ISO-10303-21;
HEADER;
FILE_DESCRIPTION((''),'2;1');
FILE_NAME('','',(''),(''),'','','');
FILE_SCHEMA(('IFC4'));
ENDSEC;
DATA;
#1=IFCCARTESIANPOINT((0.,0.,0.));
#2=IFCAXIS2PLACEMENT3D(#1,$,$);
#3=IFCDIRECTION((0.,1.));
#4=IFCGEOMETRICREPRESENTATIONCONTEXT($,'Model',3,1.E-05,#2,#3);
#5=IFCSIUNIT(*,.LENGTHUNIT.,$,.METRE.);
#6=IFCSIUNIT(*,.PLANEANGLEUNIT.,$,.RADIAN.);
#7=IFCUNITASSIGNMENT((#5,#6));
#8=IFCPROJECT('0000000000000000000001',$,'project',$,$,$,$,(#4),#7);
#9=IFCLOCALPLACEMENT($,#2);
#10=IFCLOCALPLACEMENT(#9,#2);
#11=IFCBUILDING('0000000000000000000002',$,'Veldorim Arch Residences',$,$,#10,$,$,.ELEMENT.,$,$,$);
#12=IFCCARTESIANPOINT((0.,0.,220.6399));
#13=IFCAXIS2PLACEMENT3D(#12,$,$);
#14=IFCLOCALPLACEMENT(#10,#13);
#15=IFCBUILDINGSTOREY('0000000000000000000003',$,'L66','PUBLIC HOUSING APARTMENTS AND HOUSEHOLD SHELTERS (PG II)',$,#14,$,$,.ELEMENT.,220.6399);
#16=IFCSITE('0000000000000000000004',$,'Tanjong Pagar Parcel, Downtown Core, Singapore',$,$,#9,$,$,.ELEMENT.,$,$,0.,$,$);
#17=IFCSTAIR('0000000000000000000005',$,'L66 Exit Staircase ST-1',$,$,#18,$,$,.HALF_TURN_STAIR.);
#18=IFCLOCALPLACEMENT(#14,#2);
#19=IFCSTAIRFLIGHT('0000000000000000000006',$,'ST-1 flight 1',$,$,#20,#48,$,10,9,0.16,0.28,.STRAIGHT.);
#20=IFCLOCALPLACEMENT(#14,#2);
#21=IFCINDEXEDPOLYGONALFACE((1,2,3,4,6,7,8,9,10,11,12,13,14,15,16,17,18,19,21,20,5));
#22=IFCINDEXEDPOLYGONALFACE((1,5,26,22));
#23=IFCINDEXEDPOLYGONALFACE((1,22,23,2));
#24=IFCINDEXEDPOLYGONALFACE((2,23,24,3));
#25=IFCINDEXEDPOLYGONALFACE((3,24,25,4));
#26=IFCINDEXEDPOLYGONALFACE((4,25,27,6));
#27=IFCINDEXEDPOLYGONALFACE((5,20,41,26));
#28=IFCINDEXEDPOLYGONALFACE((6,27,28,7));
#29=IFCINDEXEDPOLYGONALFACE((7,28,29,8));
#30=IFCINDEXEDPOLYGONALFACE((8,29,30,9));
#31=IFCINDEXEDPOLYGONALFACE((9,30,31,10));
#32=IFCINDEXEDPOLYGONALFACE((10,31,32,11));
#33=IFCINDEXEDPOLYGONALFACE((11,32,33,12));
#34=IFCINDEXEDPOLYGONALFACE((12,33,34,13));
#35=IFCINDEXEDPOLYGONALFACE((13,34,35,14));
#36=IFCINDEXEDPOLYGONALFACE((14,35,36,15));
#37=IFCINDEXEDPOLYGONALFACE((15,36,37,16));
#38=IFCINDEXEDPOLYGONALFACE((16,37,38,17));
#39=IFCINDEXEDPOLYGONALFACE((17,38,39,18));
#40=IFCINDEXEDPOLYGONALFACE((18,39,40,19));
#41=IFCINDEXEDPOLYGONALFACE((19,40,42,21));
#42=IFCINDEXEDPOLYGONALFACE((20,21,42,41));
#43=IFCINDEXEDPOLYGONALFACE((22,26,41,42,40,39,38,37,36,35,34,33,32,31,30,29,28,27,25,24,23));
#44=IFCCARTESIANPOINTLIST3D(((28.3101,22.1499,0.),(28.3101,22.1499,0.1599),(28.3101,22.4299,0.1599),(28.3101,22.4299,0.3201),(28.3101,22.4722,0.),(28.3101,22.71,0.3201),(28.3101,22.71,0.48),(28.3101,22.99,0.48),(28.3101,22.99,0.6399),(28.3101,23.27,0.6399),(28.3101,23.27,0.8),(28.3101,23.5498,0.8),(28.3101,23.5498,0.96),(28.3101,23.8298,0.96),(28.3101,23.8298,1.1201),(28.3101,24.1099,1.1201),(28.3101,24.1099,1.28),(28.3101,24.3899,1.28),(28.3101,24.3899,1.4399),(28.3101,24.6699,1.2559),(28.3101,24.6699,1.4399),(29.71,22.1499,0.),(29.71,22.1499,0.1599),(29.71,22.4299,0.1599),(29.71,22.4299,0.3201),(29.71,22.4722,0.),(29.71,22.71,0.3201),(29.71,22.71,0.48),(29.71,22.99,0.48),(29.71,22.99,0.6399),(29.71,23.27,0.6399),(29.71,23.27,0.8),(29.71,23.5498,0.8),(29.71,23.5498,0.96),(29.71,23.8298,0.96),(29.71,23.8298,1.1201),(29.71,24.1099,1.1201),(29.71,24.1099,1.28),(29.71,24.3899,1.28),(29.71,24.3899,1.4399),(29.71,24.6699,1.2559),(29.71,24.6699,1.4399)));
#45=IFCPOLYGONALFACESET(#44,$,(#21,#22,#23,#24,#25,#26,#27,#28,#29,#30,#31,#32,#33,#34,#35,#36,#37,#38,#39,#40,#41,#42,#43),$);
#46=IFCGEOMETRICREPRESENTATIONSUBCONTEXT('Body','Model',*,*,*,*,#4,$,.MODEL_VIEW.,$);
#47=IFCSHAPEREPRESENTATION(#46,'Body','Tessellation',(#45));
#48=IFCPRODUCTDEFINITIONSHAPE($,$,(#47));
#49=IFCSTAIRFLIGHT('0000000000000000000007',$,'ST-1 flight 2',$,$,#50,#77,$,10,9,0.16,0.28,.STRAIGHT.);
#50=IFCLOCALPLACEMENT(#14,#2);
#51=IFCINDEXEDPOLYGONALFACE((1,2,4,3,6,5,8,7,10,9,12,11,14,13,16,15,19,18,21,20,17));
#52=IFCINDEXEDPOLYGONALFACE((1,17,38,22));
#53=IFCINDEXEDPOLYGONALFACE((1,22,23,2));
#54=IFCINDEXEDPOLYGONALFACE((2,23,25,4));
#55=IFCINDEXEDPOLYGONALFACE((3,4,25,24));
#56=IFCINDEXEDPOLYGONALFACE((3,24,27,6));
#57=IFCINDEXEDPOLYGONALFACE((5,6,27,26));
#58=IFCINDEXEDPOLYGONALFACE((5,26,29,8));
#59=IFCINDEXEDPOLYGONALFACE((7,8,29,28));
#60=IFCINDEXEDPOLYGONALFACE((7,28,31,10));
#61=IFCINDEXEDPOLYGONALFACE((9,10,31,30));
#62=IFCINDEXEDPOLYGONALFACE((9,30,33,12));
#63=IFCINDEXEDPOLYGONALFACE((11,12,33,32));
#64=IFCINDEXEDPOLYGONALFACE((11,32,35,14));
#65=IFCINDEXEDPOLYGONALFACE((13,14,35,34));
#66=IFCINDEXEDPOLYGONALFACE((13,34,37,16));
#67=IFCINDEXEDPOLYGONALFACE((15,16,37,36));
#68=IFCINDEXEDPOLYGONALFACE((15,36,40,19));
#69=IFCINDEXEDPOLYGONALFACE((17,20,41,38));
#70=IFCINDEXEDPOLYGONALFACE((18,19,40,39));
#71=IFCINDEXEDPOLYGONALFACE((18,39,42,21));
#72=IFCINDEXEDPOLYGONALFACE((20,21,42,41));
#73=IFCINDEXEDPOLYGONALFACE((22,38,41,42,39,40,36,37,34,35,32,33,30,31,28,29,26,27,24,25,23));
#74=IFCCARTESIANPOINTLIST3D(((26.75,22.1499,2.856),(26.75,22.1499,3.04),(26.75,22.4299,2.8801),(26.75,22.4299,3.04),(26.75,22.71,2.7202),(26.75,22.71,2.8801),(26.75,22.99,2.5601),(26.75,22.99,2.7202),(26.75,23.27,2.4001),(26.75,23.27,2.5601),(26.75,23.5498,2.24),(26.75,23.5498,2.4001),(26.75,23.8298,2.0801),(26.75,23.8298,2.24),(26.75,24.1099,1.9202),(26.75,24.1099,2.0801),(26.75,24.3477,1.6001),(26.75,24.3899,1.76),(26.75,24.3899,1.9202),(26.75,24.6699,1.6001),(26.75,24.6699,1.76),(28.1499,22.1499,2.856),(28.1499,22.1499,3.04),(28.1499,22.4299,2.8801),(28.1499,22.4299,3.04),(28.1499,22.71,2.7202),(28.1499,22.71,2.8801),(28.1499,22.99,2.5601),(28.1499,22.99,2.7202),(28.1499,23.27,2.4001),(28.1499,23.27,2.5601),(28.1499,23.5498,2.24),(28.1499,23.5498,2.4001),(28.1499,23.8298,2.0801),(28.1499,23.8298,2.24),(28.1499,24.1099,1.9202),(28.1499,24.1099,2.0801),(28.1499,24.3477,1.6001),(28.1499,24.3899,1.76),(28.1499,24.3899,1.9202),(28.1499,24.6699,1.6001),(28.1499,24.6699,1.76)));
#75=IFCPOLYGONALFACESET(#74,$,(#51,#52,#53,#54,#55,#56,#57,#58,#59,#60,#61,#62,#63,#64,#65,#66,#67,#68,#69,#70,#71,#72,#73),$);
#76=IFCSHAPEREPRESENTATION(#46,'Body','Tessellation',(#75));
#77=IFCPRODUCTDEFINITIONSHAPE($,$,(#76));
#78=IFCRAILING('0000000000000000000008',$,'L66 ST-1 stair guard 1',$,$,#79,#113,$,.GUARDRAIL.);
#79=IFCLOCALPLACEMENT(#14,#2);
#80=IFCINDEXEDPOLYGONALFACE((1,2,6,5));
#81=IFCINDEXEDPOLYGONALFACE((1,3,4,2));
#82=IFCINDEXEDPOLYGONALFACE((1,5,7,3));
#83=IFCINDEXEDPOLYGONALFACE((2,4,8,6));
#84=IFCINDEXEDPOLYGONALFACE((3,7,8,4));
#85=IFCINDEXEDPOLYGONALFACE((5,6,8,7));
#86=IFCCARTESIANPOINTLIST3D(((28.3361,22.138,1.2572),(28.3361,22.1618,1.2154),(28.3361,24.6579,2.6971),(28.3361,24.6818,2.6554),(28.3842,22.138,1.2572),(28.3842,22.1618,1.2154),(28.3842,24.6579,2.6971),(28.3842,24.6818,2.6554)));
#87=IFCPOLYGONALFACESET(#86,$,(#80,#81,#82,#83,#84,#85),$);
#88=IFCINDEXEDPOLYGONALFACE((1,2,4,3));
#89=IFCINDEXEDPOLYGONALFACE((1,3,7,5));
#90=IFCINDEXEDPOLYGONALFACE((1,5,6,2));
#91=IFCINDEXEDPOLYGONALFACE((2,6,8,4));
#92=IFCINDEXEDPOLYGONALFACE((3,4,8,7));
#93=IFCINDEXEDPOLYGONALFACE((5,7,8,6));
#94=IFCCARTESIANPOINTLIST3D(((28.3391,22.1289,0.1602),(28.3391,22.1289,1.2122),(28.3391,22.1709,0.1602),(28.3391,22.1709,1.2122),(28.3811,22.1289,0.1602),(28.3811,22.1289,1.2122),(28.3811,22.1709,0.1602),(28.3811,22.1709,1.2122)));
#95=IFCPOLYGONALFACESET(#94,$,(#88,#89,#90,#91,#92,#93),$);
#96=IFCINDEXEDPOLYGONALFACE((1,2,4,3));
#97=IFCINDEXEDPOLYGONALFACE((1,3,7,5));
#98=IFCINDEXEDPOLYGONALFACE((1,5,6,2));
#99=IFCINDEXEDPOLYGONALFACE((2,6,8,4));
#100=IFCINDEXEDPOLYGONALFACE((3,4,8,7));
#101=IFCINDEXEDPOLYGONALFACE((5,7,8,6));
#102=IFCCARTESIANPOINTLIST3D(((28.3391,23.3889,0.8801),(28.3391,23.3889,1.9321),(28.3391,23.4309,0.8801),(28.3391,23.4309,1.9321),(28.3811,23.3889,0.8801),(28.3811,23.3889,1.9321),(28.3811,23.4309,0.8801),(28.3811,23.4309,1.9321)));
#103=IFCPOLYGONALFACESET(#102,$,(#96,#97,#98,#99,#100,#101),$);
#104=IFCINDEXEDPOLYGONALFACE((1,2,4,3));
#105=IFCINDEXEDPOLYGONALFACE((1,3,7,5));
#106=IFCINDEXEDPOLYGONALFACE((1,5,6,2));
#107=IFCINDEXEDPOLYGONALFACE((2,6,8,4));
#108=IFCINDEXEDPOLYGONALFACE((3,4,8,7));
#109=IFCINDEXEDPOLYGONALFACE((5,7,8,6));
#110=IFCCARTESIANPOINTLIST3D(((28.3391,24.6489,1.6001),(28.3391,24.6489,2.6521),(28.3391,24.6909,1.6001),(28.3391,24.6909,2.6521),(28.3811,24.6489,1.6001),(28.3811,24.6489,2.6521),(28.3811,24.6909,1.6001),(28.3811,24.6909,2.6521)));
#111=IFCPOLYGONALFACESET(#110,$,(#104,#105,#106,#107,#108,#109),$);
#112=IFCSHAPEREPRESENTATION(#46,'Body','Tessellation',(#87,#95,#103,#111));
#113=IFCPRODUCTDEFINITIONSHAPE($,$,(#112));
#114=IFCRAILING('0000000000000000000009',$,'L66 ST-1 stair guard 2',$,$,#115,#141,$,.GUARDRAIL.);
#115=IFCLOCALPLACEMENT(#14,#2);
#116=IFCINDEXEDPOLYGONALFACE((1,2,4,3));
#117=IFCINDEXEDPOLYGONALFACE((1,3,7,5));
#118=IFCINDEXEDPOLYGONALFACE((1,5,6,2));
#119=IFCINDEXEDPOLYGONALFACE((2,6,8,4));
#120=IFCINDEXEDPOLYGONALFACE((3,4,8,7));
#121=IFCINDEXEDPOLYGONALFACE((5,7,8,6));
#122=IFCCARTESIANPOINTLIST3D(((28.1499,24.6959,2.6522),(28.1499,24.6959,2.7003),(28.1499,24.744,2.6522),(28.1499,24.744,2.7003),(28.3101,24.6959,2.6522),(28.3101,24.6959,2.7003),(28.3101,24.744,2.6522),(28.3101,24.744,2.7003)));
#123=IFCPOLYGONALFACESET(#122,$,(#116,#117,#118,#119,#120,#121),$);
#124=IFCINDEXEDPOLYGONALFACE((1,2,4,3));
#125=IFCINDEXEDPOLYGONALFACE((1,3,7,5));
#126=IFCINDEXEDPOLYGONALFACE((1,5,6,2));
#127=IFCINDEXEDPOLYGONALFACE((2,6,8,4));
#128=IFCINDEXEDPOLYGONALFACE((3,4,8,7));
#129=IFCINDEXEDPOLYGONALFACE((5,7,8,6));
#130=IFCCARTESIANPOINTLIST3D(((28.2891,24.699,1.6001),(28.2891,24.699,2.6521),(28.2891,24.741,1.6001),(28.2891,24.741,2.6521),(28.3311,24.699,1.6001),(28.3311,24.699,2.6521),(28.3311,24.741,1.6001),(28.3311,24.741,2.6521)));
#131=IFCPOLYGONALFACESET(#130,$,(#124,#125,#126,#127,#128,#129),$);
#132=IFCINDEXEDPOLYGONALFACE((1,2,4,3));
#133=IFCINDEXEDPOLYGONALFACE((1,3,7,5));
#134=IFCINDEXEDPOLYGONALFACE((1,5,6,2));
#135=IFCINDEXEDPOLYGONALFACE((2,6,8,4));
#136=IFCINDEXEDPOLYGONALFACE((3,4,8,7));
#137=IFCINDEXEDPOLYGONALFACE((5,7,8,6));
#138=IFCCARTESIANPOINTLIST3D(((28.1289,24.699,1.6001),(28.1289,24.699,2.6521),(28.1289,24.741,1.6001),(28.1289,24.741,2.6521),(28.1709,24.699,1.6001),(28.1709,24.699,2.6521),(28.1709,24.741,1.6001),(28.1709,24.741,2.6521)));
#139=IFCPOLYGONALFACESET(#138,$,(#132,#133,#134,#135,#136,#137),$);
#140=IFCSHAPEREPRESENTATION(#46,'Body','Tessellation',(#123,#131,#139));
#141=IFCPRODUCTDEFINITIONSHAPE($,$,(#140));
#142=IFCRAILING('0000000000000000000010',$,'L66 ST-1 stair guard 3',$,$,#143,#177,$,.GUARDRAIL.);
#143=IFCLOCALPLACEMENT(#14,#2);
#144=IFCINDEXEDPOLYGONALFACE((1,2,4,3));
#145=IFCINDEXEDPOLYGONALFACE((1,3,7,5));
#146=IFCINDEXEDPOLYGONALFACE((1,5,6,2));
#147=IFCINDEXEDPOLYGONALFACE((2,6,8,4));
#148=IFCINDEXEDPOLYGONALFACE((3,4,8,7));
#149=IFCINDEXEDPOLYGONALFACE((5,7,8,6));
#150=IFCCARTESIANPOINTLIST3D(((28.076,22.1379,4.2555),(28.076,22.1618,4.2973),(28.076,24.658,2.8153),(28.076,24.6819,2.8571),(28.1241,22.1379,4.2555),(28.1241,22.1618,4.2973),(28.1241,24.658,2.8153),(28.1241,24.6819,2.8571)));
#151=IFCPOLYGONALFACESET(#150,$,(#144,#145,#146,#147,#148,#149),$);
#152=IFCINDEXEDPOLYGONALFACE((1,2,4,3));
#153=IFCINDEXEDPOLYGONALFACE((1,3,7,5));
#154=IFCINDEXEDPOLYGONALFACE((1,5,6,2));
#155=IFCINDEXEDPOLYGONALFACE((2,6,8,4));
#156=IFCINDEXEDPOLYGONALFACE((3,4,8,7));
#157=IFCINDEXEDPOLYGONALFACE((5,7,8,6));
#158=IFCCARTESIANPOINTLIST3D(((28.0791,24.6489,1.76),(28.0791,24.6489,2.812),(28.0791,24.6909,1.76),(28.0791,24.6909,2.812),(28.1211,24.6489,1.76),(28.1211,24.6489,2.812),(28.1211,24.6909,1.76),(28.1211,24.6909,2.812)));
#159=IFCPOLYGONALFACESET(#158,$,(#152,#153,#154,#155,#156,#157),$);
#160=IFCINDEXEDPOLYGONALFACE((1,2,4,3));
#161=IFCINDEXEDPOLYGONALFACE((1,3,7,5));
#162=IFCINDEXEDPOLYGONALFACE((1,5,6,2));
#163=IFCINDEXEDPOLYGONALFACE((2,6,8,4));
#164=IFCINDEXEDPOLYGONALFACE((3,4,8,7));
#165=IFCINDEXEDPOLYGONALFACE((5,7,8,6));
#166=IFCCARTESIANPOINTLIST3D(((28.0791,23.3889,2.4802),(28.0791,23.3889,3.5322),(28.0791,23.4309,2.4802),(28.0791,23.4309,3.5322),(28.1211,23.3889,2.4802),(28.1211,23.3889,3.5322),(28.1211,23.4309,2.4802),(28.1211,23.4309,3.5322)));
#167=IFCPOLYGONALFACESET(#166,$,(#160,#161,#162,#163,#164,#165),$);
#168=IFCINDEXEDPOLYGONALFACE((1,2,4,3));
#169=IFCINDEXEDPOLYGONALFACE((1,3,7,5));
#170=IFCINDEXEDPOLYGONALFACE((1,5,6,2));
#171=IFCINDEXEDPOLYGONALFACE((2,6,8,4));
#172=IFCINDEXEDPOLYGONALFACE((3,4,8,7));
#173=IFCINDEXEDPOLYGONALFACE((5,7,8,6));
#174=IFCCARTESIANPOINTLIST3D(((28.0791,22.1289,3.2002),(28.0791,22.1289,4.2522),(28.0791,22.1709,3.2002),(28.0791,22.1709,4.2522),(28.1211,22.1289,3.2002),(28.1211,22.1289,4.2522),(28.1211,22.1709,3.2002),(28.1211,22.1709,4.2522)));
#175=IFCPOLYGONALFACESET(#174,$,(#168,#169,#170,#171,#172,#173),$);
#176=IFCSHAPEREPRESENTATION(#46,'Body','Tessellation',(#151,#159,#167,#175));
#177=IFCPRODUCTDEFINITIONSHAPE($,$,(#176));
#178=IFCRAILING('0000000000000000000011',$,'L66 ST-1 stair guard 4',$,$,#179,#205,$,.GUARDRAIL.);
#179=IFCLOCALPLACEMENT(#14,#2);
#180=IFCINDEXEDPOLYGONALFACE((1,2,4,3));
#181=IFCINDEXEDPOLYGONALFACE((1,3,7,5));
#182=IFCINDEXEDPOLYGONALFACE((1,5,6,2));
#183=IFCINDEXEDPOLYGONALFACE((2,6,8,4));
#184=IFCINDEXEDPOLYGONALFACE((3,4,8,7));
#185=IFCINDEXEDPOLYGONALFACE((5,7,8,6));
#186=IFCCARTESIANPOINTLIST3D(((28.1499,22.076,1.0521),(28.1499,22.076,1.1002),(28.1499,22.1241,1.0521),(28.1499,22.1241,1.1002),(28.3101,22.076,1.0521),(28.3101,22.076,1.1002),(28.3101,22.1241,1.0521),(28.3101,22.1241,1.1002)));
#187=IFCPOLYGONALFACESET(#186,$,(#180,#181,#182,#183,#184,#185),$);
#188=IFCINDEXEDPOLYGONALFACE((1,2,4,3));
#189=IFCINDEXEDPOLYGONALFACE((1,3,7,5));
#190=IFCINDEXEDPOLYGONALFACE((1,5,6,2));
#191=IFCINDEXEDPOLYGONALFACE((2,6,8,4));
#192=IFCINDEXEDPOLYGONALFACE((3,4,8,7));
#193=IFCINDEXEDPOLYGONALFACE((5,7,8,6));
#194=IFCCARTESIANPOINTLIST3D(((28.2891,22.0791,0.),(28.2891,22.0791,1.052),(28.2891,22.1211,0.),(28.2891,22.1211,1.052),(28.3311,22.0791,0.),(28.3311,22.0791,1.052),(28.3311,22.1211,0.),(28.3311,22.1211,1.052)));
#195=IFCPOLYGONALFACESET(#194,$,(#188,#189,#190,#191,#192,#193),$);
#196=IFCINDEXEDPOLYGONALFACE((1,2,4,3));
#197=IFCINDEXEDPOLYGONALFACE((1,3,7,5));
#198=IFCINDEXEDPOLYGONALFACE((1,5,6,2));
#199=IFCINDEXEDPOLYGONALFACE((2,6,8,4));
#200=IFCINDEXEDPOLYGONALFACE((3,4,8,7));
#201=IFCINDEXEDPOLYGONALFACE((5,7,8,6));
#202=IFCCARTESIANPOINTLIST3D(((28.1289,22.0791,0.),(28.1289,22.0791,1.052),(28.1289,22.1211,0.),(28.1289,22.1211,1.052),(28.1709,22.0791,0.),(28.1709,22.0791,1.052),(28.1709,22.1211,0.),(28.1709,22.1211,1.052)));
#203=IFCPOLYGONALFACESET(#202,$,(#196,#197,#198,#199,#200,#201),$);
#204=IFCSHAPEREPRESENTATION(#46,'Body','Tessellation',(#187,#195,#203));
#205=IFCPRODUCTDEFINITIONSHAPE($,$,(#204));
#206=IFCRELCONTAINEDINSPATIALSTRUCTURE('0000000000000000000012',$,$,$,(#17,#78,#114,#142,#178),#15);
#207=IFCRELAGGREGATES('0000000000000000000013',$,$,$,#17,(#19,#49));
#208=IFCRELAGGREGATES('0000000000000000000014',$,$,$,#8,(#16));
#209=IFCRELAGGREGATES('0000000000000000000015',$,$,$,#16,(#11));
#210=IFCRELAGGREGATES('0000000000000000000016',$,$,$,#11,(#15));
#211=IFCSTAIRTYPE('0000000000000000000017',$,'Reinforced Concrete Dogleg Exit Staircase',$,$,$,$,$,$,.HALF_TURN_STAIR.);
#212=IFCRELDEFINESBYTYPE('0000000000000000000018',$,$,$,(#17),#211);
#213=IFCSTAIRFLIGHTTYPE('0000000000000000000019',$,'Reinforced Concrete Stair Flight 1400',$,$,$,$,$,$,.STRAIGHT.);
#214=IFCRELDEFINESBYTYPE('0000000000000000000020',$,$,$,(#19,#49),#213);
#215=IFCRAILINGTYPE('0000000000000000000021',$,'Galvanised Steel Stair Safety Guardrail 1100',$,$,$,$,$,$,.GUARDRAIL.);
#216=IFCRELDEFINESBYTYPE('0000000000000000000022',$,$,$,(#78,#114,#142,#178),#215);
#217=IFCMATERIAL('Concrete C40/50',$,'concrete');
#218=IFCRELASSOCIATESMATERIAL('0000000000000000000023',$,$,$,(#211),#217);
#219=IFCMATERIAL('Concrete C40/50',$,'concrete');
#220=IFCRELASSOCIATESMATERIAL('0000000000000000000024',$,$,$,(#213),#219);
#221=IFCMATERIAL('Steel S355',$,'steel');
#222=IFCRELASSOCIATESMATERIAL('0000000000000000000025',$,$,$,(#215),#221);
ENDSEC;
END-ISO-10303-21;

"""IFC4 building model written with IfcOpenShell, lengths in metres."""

from ifc_helpers import new_model, si_unit, direction, frame, origin, origin_2d, place, context, subcontext, project, spatial, polyline, rectangle, outline, extrude, material, type_object, element, aggregate, save


model = new_model("IFC4")

# Units and contexts
model_context = context("Model", 3, precision=1e-05, world=origin(), true_north=direction((0.0, 1.0)))
body_context = subcontext(model_context, "Body", "Model", "MODEL_VIEW")
ifc_project = project(units=[si_unit("LENGTHUNIT", "METRE"), si_unit("PLANEANGLEUNIT", "RADIAN")], contexts=[model_context])

# Site, building, storey
site_placement = place(None, origin())
site = spatial("IfcSite", under=ifc_project, at=site_placement, Name="Tanjong Pagar Parcel, Downtown Core, Singapore", CompositionType="ELEMENT", RefElevation=0.0)
building_placement = place(site_placement, origin())
building = spatial("IfcBuilding", under=site, at=building_placement, Name="Veldorim Arch Residences", CompositionType="ELEMENT")
storey_placement = place(building_placement, frame((0.0, 0.0, 220.6399)))
storey = spatial("IfcBuildingStorey", under=building, at=storey_placement, Name="L66", Description="PUBLIC HOUSING APARTMENTS AND HOUSEHOLD SHELTERS (PG II)", CompositionType="ELEMENT", Elevation=220.6399)

# Stair, stair flights
ifc_material_1 = material(Name="Concrete C40/50", Category="concrete")
stair_type = type_object("IfcStairType", Name="Reinforced Concrete Dogleg Exit Staircase", PredefinedType="HALF_TURN_STAIR", material=ifc_material_1)
stair_placement = place(storey_placement, origin())
stair = element("IfcStair", 1, at=stair_placement, inside=storey, type_object=stair_type, Name="L66 Exit Staircase ST-1", PredefinedType="HALF_TURN_STAIR")
ifc_material_2 = material(Name="Concrete C40/50", Category="concrete")
stair_flight_type = type_object("IfcStairFlightType", Name="Reinforced Concrete Stair Flight 1400", PredefinedType="STRAIGHT", material=ifc_material_2)
stair_flight_1_placement = place(storey_placement, frame((29.01, 22.1499, 0.0), z_axis=(0.0, 0.0, 1.0), x_axis=(0.0, 1.0, 0.0)))
stair_flight_1 = element("IfcStairFlight", 2, at=stair_flight_1_placement, type_object=stair_flight_type, Name="ST-1 flight 1", NumberOfRisers=10, NumberOfTreads=9, PredefinedType="STRAIGHT", RiserHeight=0.16, TreadLength=0.28, context=body_context, shape_type="SweptSolid", body=[
    extrude(outline(polyline([(0.0, 0.0), (0.0, 0.1599), (0.28, 0.1599), (0.28, 0.3201), (0.5601, 0.3201), (0.5601, 0.48), (0.8401, 0.48), (0.8401, 0.6399), (1.1201, 0.6399), (1.1201, 0.8), (1.3999, 0.8), (1.3999, 0.96), (1.6799, 0.96), (1.6799, 1.1201), (1.96, 1.1201), (1.96, 1.28), (2.24, 1.28), (2.24, 1.4399), (2.52, 1.4399), (2.52, 1.6001), (2.52, 1.2559), (0.3223, 0.0), (0.0, 0.0)])), frame((0.0, 0.7, 0.0), z_axis=(0.0, -1.0, 0.0), x_axis=(1.0, 0.0, 0.0)), (0.0, 0.0, 1.0), 1.3999),
])
stair_flight_2_placement = place(storey_placement, frame((27.45, 24.6699, 1.6001), z_axis=(0.0, 0.0, 1.0), x_axis=(0.0, -1.0, 0.0)))
stair_flight_2 = element("IfcStairFlight", 3, at=stair_flight_2_placement, type_object=stair_flight_type, Name="ST-1 flight 2", NumberOfRisers=10, NumberOfTreads=9, PredefinedType="STRAIGHT", RiserHeight=0.16, TreadLength=0.28, context=body_context, shape_type="SweptSolid", body=[
    extrude(outline(polyline([(0.0, 0.0), (0.0, 0.1599), (0.28, 0.1599), (0.28, 0.3201), (0.5601, 0.3201), (0.5601, 0.48), (0.8401, 0.48), (0.8401, 0.6399), (1.1201, 0.6399), (1.1201, 0.8), (1.3999, 0.8), (1.3999, 0.96), (1.6799, 0.96), (1.6799, 1.1201), (1.96, 1.1201), (1.96, 1.28), (2.24, 1.28), (2.24, 1.4399), (2.52, 1.4399), (2.52, 1.6001), (2.52, 1.2559), (0.3223, 0.0), (0.0, 0.0)])), frame((0.0, 0.7, 0.0), z_axis=(0.0, -1.0, 0.0), x_axis=(1.0, 0.0, 0.0)), (0.0, 0.0, 1.0), 1.3999),
])
aggregate(stair, [stair_flight_1, stair_flight_2])

# Railings
ifc_material_3 = material(Name="Steel S355", Category="steel")
railing_type_1 = type_object("IfcRailingType", Name="Galvanised Steel Stair Safety Guardrail 1100", PredefinedType="GUARDRAIL", material=ifc_material_3)
railing_1_placement = place(storey_placement, frame((28.3601, 22.1499, 0.1602)))
element("IfcRailing", 4, at=railing_1_placement, inside=storey, type_object=railing_type_1, Name="L66 ST-1 stair guard 1", PredefinedType="GUARDRAIL", context=body_context, shape_type="SweptSolid", body=[
    extrude(rectangle(XDim=0.0481, YDim=0.0481, at=origin_2d()), frame((0.0, 0.0, 1.0762), z_axis=(0.0, 0.868253, 0.496121), x_axis=(-1.0, 0.0, 0.0)), (0.0, 0.0, 1.0), 2.9023),
    extrude(rectangle(XDim=0.042, YDim=0.042, at=origin_2d()), origin(), (0.0, 0.0, 1.0), 1.052),
    extrude(rectangle(XDim=0.042, YDim=0.042, at=origin_2d()), frame((0.0, 1.26, 0.72)), (0.0, 0.0, 1.0), 1.052),
    extrude(rectangle(XDim=0.042, YDim=0.042, at=origin_2d()), frame((0.0, 2.52, 1.4399)), (0.0, 0.0, 1.0), 1.052),
])
railing_2_placement = place(storey_placement, frame((28.3101, 24.72, 1.6001)))
element("IfcRailing", 5, at=railing_2_placement, inside=storey, type_object=railing_type_1, Name="L66 ST-1 stair guard 2", PredefinedType="GUARDRAIL", context=body_context, shape_type="SweptSolid", body=[
    extrude(rectangle(XDim=0.0481, YDim=0.0481, at=origin_2d()), frame((0.0, 0.0, 1.0762), z_axis=(-1.0, 0.0, 0.0), x_axis=(0.0, -1.0, 0.0)), (0.0, 0.0, 1.0), 0.1602),
    extrude(rectangle(XDim=0.042, YDim=0.042, at=origin_2d()), origin(), (0.0, 0.0, 1.0), 1.052),
    extrude(rectangle(XDim=0.042, YDim=0.042, at=origin_2d()), frame((-0.1602, 0.0, 0.0)), (0.0, 0.0, 1.0), 1.052),
])
railing_3_placement = place(storey_placement, frame((28.1001, 24.6699, 1.76)))
element("IfcRailing", 6, at=railing_3_placement, inside=storey, type_object=railing_type_1, Name="L66 ST-1 stair guard 3", PredefinedType="GUARDRAIL", context=body_context, shape_type="SweptSolid", body=[
    extrude(rectangle(XDim=0.0481, YDim=0.0481, at=origin_2d()), frame((0.0, 0.0, 1.0762), z_axis=(0.0, -0.868217, 0.496184), x_axis=(1.0, 0.0, 0.0)), (0.0, 0.0, 1.0), 2.9026),
    extrude(rectangle(XDim=0.042, YDim=0.042, at=origin_2d()), origin(), (0.0, 0.0, 1.0), 1.052),
    extrude(rectangle(XDim=0.042, YDim=0.042, at=origin_2d()), frame((0.0, -1.26, 0.7202)), (0.0, 0.0, 1.0), 1.052),
    extrude(rectangle(XDim=0.042, YDim=0.042, at=origin_2d()), frame((0.0, -2.52, 1.4402)), (0.0, 0.0, 1.0), 1.052),
])
railing_4_placement = place(storey_placement, frame((28.3101, 22.1001, 0.0)))
element("IfcRailing", 7, at=railing_4_placement, inside=storey, type_object=railing_type_1, Name="L66 ST-1 stair guard 4", PredefinedType="GUARDRAIL", context=body_context, shape_type="SweptSolid", body=[
    extrude(rectangle(XDim=0.0481, YDim=0.0481, at=origin_2d()), frame((0.0, 0.0, 1.0762), z_axis=(-1.0, 0.0, 0.0), x_axis=(0.0, -1.0, 0.0)), (0.0, 0.0, 1.0), 0.1602),
    extrude(rectangle(XDim=0.042, YDim=0.042, at=origin_2d()), origin(), (0.0, 0.0, 1.0), 1.052),
    extrude(rectangle(XDim=0.042, YDim=0.042, at=origin_2d()), frame((-0.1602, 0.0, 0.0)), (0.0, 0.0, 1.0), 1.052),
])

save(model, "model.ifc")
